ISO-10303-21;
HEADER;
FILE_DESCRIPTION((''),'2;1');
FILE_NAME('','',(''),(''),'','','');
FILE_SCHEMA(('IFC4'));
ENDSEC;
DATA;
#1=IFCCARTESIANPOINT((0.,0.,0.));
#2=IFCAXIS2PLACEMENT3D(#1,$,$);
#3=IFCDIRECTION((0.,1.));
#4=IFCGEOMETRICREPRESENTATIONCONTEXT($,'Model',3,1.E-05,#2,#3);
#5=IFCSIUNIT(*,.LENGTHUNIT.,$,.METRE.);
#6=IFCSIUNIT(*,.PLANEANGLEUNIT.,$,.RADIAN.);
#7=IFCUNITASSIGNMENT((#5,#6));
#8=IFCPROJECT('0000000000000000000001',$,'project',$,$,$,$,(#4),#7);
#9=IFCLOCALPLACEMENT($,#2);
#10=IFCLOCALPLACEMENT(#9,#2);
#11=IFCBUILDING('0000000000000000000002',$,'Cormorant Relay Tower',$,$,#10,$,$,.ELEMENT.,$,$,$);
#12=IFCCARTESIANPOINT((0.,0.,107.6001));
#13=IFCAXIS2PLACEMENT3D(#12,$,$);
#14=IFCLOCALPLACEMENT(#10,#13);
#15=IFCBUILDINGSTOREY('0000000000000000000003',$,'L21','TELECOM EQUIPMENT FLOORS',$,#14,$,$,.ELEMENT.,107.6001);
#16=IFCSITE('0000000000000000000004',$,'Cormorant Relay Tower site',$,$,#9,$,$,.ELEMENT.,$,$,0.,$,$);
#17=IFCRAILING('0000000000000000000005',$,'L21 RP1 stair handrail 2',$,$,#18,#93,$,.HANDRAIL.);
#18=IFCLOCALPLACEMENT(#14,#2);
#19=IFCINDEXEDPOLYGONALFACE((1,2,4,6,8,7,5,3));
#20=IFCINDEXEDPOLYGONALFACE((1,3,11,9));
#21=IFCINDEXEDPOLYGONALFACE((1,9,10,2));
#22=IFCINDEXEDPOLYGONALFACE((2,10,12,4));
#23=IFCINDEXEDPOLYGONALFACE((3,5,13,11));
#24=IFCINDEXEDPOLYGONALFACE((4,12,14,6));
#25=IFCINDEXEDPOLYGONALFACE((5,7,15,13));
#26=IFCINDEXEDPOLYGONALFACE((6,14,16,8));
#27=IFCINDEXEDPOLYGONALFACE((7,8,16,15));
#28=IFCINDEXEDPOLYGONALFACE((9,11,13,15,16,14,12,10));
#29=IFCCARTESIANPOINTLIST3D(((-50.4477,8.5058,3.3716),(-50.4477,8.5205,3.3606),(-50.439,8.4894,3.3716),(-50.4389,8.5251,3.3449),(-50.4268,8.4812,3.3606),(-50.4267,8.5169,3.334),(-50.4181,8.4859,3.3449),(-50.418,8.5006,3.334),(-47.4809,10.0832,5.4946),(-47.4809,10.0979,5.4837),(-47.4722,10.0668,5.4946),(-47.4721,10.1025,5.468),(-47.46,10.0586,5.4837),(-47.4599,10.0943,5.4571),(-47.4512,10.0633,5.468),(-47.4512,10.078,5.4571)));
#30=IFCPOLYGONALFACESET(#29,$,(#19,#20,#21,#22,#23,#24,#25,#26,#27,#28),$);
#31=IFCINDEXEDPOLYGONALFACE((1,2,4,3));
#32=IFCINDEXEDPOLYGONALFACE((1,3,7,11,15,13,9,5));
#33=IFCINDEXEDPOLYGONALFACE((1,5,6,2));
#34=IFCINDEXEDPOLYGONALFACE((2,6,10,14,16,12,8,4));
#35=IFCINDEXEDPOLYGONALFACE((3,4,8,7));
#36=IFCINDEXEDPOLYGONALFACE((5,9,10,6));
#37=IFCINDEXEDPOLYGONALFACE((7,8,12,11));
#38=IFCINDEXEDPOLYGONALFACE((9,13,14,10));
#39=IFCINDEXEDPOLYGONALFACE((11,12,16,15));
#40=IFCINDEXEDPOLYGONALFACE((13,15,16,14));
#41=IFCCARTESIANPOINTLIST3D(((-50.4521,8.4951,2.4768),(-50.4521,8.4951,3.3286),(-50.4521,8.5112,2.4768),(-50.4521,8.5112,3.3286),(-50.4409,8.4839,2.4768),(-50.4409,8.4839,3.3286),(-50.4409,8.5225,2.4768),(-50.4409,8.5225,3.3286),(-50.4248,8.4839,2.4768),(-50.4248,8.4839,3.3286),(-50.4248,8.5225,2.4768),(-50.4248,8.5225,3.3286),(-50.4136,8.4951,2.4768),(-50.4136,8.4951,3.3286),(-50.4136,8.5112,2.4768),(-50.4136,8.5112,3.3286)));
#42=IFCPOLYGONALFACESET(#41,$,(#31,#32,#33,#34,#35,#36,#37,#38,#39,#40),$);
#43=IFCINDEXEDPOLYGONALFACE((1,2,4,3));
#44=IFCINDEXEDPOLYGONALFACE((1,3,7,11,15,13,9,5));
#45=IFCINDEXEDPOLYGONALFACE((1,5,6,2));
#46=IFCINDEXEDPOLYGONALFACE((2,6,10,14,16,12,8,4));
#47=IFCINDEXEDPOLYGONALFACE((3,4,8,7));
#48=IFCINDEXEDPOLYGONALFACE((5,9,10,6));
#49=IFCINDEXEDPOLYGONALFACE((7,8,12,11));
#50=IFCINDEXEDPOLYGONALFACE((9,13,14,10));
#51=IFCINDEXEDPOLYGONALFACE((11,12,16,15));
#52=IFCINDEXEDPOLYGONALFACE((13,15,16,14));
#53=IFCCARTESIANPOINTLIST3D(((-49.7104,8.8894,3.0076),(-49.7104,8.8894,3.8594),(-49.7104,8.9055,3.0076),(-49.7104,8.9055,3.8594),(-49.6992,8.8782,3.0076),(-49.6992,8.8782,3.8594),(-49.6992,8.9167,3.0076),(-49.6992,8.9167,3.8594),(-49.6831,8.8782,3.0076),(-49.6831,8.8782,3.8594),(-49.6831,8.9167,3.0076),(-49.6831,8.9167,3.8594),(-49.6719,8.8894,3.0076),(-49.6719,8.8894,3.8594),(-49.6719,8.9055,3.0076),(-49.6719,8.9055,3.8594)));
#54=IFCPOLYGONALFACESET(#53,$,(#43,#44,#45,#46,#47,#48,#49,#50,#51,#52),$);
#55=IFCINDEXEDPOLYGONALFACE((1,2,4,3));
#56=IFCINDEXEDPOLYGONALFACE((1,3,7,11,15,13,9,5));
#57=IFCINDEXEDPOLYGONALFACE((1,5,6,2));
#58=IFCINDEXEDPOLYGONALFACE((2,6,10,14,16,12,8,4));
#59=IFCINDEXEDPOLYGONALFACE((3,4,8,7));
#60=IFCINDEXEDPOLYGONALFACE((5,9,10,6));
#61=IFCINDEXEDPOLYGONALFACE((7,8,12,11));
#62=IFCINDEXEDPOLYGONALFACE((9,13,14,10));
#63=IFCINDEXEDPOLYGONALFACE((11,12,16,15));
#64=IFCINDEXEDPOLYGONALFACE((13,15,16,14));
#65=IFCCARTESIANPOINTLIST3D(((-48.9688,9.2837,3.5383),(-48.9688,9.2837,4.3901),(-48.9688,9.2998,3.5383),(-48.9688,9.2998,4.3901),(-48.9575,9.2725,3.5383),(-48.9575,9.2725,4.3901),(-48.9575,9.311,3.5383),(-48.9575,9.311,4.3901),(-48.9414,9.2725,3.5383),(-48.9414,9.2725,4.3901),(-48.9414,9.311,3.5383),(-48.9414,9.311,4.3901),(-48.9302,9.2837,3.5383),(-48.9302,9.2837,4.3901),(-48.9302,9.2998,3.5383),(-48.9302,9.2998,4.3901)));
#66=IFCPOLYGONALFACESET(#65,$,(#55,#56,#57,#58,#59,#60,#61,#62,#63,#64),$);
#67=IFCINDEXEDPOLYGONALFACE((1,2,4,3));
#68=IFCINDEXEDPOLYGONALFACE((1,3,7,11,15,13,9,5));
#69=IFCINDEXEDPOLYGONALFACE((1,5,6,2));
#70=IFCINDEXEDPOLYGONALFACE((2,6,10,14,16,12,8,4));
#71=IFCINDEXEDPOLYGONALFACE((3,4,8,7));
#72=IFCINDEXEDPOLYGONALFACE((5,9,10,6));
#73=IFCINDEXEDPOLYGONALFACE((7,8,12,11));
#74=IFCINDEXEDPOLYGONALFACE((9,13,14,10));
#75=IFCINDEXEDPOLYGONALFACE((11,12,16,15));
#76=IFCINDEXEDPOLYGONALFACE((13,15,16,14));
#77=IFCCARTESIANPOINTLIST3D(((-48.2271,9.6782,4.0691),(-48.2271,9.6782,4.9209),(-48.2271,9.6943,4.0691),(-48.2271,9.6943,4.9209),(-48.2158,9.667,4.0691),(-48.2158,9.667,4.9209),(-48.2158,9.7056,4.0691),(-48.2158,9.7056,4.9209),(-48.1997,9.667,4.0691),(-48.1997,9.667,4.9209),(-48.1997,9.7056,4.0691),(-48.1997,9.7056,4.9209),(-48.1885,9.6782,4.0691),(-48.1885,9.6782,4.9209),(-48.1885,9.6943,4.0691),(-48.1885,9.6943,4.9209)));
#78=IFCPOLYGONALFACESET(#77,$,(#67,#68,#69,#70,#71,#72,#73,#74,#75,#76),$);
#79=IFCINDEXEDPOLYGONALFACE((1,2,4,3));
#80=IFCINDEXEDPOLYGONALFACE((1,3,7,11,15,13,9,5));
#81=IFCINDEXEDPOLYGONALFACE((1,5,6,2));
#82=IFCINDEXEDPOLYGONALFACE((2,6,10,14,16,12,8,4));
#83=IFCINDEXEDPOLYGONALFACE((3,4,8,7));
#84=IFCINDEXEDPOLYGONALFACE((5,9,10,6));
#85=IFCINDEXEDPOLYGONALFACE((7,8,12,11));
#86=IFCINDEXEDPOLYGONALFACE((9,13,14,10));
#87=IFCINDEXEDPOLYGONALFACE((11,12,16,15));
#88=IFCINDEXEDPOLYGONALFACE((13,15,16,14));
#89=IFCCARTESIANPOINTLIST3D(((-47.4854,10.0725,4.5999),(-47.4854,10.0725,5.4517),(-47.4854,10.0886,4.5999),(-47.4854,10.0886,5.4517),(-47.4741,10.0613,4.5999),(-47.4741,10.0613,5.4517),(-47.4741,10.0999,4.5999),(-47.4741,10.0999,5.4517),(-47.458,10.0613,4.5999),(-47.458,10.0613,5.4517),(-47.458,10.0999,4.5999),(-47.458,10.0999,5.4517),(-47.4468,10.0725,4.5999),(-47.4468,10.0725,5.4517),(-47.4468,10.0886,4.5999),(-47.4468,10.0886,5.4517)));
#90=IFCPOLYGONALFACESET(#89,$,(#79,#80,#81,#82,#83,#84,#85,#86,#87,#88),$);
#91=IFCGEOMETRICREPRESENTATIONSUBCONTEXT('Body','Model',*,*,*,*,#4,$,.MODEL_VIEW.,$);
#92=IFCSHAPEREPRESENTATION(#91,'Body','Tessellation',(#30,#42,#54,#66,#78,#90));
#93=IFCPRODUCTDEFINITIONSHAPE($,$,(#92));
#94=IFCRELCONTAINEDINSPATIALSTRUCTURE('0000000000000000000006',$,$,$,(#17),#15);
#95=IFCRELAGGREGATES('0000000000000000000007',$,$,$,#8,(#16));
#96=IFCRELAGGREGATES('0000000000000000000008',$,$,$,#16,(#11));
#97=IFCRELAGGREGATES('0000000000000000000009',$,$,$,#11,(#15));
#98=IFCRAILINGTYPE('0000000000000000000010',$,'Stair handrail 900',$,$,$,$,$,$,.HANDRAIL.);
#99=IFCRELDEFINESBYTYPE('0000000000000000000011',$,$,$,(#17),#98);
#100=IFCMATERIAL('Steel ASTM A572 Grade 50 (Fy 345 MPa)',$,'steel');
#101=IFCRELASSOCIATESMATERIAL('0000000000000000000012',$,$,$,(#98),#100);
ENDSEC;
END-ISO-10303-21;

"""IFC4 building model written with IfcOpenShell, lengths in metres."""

from ifc_helpers import new_model, si_unit, direction, frame, origin, place, context, subcontext, project, spatial, polyline, outline, extrude, material, type_object, element, save


model = new_model("IFC4")

# Units and contexts
model_context = context("Model", 3, precision=1e-05, world=origin(), true_north=direction((0.0, 1.0)))
body_context = subcontext(model_context, "Body", "Model", "MODEL_VIEW")
ifc_project = project(units=[si_unit("LENGTHUNIT", "METRE"), si_unit("PLANEANGLEUNIT", "RADIAN")], contexts=[model_context])

# Site, building, storey
site_placement = place(None, origin())
site = spatial("IfcSite", under=ifc_project, at=site_placement, Name="Cormorant Relay Tower site", CompositionType="ELEMENT", RefElevation=0.0)
building_placement = place(site_placement, origin())
building = spatial("IfcBuilding", under=site, at=building_placement, Name="Cormorant Relay Tower", CompositionType="ELEMENT")
storey_placement = place(building_placement, frame((0.0, 0.0, 107.6001)))
storey = spatial("IfcBuildingStorey", under=building, at=storey_placement, Name="L21", Description="TELECOM EQUIPMENT FLOORS", CompositionType="ELEMENT", Elevation=107.6001)

# Railing
ifc_material_1 = material(Name="Steel ASTM A572 Grade 50 (Fy 345 MPa)", Category="steel")
railing_type_1 = type_object("IfcRailingType", Name="Stair handrail 900", PredefinedType="HANDRAIL", material=ifc_material_1)
railing_1_placement = place(storey_placement, frame((-50.4329, 8.5032, 2.4768)))
element("IfcRailing", 1, at=railing_1_placement, inside=storey, type_object=railing_type_1, Name="L21 RP1 stair handrail 2", PredefinedType="HANDRAIL", context=body_context, shape_type="SweptSolid", body=[
    extrude(outline(polyline([(0.0222, 0.0093), (0.0093, 0.0222), (-0.0093, 0.0222), (-0.0222, 0.0093), (-0.0222, -0.0093), (-0.0093, -0.0222), (0.0093, -0.0222), (0.0222, -0.0093), (0.0222, 0.0093)])), frame((0.0, 0.0, 0.876), z_axis=(0.746441, 0.396869, 0.534155), x_axis=(-0.469453, 0.882958, 0.0)), (0.0, 0.0, 1.0), 3.9746),
    extrude(outline(polyline([(0.0193, 0.0081), (0.0081, 0.0193), (-0.0081, 0.0193), (-0.0193, 0.0081), (-0.0193, -0.0081), (-0.0081, -0.0193), (0.0081, -0.0193), (0.0193, -0.0081), (0.0193, 0.0081)])), origin(), (0.0, 0.0, 1.0), 0.8518),
    extrude(outline(polyline([(0.0193, 0.0081), (0.0081, 0.0193), (-0.0081, 0.0193), (-0.0193, 0.0081), (-0.0193, -0.0081), (-0.0081, -0.0193), (0.0081, -0.0193), (0.0193, -0.0081), (0.0193, 0.0081)])), frame((0.7417, 0.3943, 0.5308)), (0.0, 0.0, 1.0), 0.8518),
    extrude(outline(polyline([(0.0193, 0.0081), (0.0081, 0.0193), (-0.0081, 0.0193), (-0.0193, 0.0081), (-0.0193, -0.0081), (-0.0081, -0.0193), (0.0081, -0.0193), (0.0193, -0.0081), (0.0193, 0.0081)])), frame((1.4834, 0.7886, 1.0615)), (0.0, 0.0, 1.0), 0.8518),
    extrude(outline(polyline([(0.0193, 0.0081), (0.0081, 0.0193), (-0.0081, 0.0193), (-0.0193, 0.0081), (-0.0193, -0.0081), (-0.0081, -0.0193), (0.0081, -0.0193), (0.0193, -0.0081), (0.0193, 0.0081)])), frame((2.2251, 1.1831, 1.5923)), (0.0, 0.0, 1.0), 0.8518),
    extrude(outline(polyline([(0.0193, 0.0081), (0.0081, 0.0193), (-0.0081, 0.0193), (-0.0193, 0.0081), (-0.0193, -0.0081), (-0.0081, -0.0193), (0.0081, -0.0193), (0.0193, -0.0081), (0.0193, 0.0081)])), frame((2.9668, 1.5774, 2.123)), (0.0, 0.0, 1.0), 0.8518),
])

save(model, "model.ifc")
